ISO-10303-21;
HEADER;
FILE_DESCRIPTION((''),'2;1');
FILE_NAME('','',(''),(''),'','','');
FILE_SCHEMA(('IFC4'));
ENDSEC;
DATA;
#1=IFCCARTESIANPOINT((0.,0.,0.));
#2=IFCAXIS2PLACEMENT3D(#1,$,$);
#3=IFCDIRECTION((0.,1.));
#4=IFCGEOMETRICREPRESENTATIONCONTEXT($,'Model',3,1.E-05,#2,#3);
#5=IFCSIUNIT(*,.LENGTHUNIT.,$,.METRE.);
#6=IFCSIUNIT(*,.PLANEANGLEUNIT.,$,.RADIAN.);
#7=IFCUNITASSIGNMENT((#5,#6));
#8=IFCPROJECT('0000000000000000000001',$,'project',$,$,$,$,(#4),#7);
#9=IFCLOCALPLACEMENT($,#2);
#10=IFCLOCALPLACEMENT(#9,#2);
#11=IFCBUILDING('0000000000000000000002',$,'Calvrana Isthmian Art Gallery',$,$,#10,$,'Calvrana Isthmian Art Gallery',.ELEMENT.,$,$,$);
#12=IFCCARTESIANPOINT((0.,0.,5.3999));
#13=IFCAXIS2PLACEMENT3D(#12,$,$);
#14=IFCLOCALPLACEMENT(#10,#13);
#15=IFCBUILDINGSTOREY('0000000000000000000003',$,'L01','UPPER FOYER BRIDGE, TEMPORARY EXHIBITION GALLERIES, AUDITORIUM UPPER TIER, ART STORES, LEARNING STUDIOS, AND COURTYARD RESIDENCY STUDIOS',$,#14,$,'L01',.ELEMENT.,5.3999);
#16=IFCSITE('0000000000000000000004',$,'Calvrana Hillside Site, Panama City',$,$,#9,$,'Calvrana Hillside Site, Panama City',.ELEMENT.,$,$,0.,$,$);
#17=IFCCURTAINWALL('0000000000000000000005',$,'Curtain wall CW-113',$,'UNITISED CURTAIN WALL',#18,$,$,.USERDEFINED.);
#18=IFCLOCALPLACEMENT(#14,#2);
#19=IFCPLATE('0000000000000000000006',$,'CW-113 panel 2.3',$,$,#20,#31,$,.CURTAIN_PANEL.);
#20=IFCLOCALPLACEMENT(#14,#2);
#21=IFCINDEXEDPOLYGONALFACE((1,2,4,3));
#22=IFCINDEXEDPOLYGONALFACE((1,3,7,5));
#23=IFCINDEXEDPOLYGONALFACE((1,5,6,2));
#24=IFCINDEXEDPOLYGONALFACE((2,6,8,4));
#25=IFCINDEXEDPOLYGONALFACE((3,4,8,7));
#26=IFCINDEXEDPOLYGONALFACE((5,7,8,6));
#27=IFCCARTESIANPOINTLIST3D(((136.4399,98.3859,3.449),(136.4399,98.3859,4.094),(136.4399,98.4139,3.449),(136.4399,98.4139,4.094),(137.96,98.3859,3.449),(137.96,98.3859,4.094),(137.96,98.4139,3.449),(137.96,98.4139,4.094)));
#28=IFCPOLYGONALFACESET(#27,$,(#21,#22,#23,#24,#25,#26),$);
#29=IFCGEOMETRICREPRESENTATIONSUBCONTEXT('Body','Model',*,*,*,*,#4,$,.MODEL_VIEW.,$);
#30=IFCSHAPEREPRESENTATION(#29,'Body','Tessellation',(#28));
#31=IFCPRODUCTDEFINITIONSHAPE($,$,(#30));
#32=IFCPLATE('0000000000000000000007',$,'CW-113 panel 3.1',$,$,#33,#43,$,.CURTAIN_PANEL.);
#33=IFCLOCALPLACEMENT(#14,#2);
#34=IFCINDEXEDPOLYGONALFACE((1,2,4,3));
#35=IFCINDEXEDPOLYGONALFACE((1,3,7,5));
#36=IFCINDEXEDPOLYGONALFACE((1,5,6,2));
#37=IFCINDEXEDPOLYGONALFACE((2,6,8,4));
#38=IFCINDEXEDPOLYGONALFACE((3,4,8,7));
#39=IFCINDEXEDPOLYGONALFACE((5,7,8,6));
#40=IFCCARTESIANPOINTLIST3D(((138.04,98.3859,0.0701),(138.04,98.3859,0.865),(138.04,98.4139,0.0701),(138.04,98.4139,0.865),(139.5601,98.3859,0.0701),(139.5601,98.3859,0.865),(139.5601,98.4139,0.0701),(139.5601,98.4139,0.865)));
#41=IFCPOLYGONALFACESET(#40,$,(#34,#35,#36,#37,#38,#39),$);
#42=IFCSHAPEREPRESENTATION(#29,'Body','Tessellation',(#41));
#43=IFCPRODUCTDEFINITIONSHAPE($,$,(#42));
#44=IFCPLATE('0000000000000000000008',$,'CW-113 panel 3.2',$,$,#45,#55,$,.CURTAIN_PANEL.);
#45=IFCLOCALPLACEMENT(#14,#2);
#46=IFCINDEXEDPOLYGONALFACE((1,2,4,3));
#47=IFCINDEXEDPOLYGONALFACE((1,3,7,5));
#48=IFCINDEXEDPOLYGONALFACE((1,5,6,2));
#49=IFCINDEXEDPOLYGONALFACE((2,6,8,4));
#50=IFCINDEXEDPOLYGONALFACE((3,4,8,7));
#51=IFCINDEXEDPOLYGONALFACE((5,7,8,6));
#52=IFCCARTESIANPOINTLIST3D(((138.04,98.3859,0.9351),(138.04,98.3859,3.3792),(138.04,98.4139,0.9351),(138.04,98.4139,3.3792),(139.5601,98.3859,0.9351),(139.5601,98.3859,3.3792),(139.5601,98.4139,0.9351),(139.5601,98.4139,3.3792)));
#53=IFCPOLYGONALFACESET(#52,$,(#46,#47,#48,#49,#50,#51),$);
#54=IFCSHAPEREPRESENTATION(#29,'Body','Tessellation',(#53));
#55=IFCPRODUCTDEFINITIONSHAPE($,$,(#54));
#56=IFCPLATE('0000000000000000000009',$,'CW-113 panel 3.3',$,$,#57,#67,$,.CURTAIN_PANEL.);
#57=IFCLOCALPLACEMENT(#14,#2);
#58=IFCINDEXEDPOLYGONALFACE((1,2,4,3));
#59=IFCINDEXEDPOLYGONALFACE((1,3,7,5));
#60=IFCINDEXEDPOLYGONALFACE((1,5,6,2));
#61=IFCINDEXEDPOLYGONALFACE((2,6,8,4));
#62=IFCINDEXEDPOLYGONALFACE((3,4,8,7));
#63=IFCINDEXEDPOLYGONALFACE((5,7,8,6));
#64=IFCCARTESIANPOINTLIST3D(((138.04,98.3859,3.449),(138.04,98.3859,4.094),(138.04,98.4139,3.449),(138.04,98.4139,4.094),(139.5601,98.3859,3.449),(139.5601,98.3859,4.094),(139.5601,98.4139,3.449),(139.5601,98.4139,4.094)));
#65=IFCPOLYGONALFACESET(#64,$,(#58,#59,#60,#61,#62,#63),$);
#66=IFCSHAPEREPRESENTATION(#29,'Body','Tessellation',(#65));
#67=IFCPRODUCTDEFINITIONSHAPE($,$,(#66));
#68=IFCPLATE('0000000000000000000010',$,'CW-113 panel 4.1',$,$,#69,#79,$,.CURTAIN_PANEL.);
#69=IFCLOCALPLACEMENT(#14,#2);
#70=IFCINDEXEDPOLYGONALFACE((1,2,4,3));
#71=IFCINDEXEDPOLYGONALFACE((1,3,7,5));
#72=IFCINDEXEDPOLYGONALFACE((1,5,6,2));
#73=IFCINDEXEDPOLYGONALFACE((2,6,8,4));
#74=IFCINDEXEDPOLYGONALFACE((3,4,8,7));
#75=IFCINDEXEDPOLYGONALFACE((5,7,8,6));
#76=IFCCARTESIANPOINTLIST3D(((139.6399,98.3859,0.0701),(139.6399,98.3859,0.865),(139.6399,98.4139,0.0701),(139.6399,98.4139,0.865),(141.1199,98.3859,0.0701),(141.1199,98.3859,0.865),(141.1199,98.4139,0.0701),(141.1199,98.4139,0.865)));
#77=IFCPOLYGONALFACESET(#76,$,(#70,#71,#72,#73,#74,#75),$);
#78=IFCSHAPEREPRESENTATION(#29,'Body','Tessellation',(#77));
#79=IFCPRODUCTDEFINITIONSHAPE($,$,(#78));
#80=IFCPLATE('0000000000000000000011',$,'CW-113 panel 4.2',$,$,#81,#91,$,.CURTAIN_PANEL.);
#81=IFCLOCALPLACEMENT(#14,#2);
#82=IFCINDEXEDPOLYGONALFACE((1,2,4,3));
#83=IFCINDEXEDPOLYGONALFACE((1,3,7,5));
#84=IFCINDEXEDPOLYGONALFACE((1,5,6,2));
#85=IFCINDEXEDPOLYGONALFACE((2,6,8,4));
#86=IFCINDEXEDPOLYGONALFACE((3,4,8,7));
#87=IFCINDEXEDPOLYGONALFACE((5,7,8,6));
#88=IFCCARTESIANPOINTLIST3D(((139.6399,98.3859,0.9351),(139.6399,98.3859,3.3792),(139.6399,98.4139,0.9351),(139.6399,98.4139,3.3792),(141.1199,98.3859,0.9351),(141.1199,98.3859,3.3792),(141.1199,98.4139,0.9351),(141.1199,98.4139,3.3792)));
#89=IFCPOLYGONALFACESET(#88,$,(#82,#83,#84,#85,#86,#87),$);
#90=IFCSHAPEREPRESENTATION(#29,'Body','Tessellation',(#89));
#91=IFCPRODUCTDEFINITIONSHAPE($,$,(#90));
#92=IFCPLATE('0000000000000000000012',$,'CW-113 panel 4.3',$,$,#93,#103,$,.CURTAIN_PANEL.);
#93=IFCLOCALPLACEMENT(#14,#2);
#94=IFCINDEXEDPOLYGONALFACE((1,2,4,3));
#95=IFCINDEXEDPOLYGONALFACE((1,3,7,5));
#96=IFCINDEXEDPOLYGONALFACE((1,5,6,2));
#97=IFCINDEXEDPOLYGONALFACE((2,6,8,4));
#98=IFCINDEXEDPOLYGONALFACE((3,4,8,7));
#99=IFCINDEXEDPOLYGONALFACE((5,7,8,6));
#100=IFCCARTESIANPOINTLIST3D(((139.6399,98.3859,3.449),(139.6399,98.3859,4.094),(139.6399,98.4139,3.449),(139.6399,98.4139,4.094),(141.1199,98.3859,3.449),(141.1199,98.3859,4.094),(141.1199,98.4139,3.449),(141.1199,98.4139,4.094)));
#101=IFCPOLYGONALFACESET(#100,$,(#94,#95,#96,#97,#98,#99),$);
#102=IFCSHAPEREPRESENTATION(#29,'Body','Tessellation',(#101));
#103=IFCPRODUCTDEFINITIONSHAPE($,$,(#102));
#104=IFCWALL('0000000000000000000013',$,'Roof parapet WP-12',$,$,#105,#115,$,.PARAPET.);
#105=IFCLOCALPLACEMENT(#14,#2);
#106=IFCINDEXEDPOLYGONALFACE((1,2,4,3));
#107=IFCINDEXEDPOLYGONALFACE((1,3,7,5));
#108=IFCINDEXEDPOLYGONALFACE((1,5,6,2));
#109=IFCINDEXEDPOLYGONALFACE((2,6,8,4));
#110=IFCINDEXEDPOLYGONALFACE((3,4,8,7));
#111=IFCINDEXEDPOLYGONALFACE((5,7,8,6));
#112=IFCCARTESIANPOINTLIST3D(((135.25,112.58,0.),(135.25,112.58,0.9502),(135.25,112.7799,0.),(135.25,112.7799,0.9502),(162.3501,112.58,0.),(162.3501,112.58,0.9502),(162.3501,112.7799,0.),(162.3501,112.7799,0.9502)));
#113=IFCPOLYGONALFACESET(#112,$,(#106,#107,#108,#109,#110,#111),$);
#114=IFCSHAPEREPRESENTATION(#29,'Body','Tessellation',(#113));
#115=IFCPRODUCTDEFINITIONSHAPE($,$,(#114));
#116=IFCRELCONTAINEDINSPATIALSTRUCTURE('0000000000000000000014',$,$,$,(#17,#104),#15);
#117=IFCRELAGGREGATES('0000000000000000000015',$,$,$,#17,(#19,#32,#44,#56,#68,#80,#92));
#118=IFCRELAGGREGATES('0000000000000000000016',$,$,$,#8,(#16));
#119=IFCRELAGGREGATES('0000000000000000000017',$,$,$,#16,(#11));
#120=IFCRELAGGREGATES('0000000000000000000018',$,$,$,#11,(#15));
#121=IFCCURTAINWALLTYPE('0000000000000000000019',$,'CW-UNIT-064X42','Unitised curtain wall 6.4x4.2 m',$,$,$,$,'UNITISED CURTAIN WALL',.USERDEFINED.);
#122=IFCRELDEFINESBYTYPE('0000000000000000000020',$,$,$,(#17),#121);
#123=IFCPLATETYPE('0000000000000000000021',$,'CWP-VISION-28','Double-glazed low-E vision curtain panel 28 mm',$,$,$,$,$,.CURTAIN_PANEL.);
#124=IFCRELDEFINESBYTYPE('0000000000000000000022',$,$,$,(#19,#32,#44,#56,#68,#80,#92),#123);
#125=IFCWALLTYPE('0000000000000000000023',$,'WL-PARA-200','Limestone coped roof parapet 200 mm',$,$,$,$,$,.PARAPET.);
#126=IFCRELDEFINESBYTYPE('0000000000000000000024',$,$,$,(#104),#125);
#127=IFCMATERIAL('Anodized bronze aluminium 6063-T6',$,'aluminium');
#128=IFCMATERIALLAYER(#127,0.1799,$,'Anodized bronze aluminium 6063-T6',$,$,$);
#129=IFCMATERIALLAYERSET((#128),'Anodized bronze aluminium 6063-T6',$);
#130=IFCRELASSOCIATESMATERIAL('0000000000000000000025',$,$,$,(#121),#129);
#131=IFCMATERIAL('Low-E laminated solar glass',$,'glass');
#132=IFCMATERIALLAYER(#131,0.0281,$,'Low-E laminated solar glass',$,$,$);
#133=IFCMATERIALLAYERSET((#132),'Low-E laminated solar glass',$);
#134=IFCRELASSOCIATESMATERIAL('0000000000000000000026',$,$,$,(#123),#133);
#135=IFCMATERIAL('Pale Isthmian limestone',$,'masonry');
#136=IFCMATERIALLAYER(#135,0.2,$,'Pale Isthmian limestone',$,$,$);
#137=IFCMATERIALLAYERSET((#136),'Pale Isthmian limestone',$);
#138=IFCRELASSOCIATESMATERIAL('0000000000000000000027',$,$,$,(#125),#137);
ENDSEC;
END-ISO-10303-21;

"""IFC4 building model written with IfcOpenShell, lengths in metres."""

from ifc_helpers import new_model, si_unit, direction, frame, frame_2d, origin, origin_2d, place, context, subcontext, project, spatial, rectangle, extrude, material, layer, layer_set, type_object, element, aggregate, save


model = new_model("IFC4")

# Units and contexts
model_context = context("Model", 3, precision=1e-05, world=origin(), true_north=direction((0.0, 1.0)))
body_context = subcontext(model_context, "Body", "Model", "MODEL_VIEW")
ifc_project = project(units=[si_unit("LENGTHUNIT", "METRE"), si_unit("PLANEANGLEUNIT", "RADIAN")], contexts=[model_context])

# Site, building, storey
site_placement = place(None, origin())
site = spatial("IfcSite", under=ifc_project, at=site_placement, Name="Calvrana Hillside Site, Panama City", LongName="Calvrana Hillside Site, Panama City", CompositionType="ELEMENT", RefElevation=0.0)
building_placement = place(site_placement, origin())
building = spatial("IfcBuilding", under=site, at=building_placement, Name="Calvrana Isthmian Art Gallery", LongName="Calvrana Isthmian Art Gallery", CompositionType="ELEMENT")
storey_placement = place(building_placement, frame((0.0, 0.0, 5.3999)))
storey = spatial("IfcBuildingStorey", under=building, at=storey_placement, Name="L01", Description="UPPER FOYER BRIDGE, TEMPORARY EXHIBITION GALLERIES, AUDITORIUM UPPER TIER, ART STORES, LEARNING STUDIOS, AND COURTYARD RESIDENCY STUDIOS", LongName="L01", CompositionType="ELEMENT", Elevation=5.3999)

# Curtain wall, plates
ifc_material_1 = material(Name="Anodized bronze aluminium 6063-T6", Category="aluminium")
ifc_layer_1 = layer(ifc_material_1, 0.1799, Name="Anodized bronze aluminium 6063-T6")
ifc_layer_set_1 = layer_set([ifc_layer_1], Name="Anodized bronze aluminium 6063-T6")
curtain_wall_type = type_object("IfcCurtainWallType", Name="CW-UNIT-064X42", Description="Unitised curtain wall 6.4x4.2 m", ElementType="UNITISED CURTAIN WALL", PredefinedType="USERDEFINED", material=ifc_layer_set_1)
curtain_wall_placement = place(storey_placement, origin())
curtain_wall = element("IfcCurtainWall", 1, at=curtain_wall_placement, inside=storey, type_object=curtain_wall_type, Name="Curtain wall CW-113", ObjectType="UNITISED CURTAIN WALL", PredefinedType="USERDEFINED")
ifc_material_2 = material(Name="Low-E laminated solar glass", Category="glass")
ifc_layer_2 = layer(ifc_material_2, 0.0281, Name="Low-E laminated solar glass")
ifc_layer_set_2 = layer_set([ifc_layer_2], Name="Low-E laminated solar glass")
plate_type = type_object("IfcPlateType", Name="CWP-VISION-28", Description="Double-glazed low-E vision curtain panel 28 mm", PredefinedType="CURTAIN_PANEL", material=ifc_layer_set_2)
plate_1_placement = place(storey_placement, frame((137.2, 98.3999, 3.449), z_axis=(0.0, 0.0, 1.0), x_axis=(1.0, 0.0, 0.0)))
plate_1 = element("IfcPlate", 2, at=plate_1_placement, type_object=plate_type, Name="CW-113 panel 2.3", PredefinedType="CURTAIN_PANEL", context=body_context, shape_type="SweptSolid", body=[
    extrude(rectangle(XDim=1.52, YDim=0.0281, at=origin_2d()), origin(), (0.0, 0.0, 1.0), 0.645),
])
plate_2_placement = place(storey_placement, frame((138.8, 98.3999, 0.0701), z_axis=(0.0, 0.0, 1.0), x_axis=(1.0, 0.0, 0.0)))
plate_2 = element("IfcPlate", 3, at=plate_2_placement, type_object=plate_type, Name="CW-113 panel 3.1", PredefinedType="CURTAIN_PANEL", context=body_context, shape_type="SweptSolid", body=[
    extrude(rectangle(XDim=1.52, YDim=0.0281, at=origin_2d()), origin(), (0.0, 0.0, 1.0), 0.7949),
])
plate_3_placement = place(storey_placement, frame((138.8, 98.3999, 0.9351), z_axis=(0.0, 0.0, 1.0), x_axis=(1.0, 0.0, 0.0)))
plate_3 = element("IfcPlate", 4, at=plate_3_placement, type_object=plate_type, Name="CW-113 panel 3.2", PredefinedType="CURTAIN_PANEL", context=body_context, shape_type="SweptSolid", body=[
    extrude(rectangle(XDim=1.52, YDim=0.0281, at=origin_2d()), origin(), (0.0, 0.0, 1.0), 2.4441),
])
plate_4_placement = place(storey_placement, frame((138.8, 98.3999, 3.449), z_axis=(0.0, 0.0, 1.0), x_axis=(1.0, 0.0, 0.0)))
plate_4 = element("IfcPlate", 5, at=plate_4_placement, type_object=plate_type, Name="CW-113 panel 3.3", PredefinedType="CURTAIN_PANEL", context=body_context, shape_type="SweptSolid", body=[
    extrude(rectangle(XDim=1.52, YDim=0.0281, at=origin_2d()), origin(), (0.0, 0.0, 1.0), 0.645),
])
plate_5_placement = place(storey_placement, frame((140.3799, 98.3999, 0.0701), z_axis=(0.0, 0.0, 1.0), x_axis=(1.0, 0.0, 0.0)))
plate_5 = element("IfcPlate", 6, at=plate_5_placement, type_object=plate_type, Name="CW-113 panel 4.1", PredefinedType="CURTAIN_PANEL", context=body_context, shape_type="SweptSolid", body=[
    extrude(rectangle(XDim=1.48, YDim=0.0281, at=origin_2d()), origin(), (0.0, 0.0, 1.0), 0.7949),
])
plate_6_placement = place(storey_placement, frame((140.3799, 98.3999, 0.9351), z_axis=(0.0, 0.0, 1.0), x_axis=(1.0, 0.0, 0.0)))
plate_6 = element("IfcPlate", 7, at=plate_6_placement, type_object=plate_type, Name="CW-113 panel 4.2", PredefinedType="CURTAIN_PANEL", context=body_context, shape_type="SweptSolid", body=[
    extrude(rectangle(XDim=1.48, YDim=0.0281, at=origin_2d()), origin(), (0.0, 0.0, 1.0), 2.4441),
])
plate_7_placement = place(storey_placement, frame((140.3799, 98.3999, 3.449), z_axis=(0.0, 0.0, 1.0), x_axis=(1.0, 0.0, 0.0)))
plate_7 = element("IfcPlate", 8, at=plate_7_placement, type_object=plate_type, Name="CW-113 panel 4.3", PredefinedType="CURTAIN_PANEL", context=body_context, shape_type="SweptSolid", body=[
    extrude(rectangle(XDim=1.48, YDim=0.0281, at=origin_2d()), origin(), (0.0, 0.0, 1.0), 0.645),
])
aggregate(curtain_wall, [plate_1, plate_2, plate_3, plate_4, plate_5, plate_6, plate_7])

# Wall
ifc_material_3 = material(Name="Pale Isthmian limestone", Category="masonry")
ifc_layer_3 = layer(ifc_material_3, 0.2, Name="Pale Isthmian limestone")
ifc_layer_set_3 = layer_set([ifc_layer_3], Name="Pale Isthmian limestone")
wall_type = type_object("IfcWallType", Name="WL-PARA-200", Description="Limestone coped roof parapet 200 mm", PredefinedType="PARAPET", material=ifc_layer_set_3)
wall_placement = place(storey_placement, frame((135.25, 112.6799, 0.0), z_axis=(0.0, 0.0, 1.0), x_axis=(1.0, 0.0, 0.0)))
element("IfcWall", 9, at=wall_placement, inside=storey, type_object=wall_type, Name="Roof parapet WP-12", PredefinedType="PARAPET", context=body_context, shape_type="SweptSolid", body=[
    extrude(rectangle(XDim=27.1001, YDim=0.2, at=frame_2d((13.55, 0.0))), origin(), (0.0, 0.0, 1.0), 0.9502),
])

save(model, "model.ifc")
